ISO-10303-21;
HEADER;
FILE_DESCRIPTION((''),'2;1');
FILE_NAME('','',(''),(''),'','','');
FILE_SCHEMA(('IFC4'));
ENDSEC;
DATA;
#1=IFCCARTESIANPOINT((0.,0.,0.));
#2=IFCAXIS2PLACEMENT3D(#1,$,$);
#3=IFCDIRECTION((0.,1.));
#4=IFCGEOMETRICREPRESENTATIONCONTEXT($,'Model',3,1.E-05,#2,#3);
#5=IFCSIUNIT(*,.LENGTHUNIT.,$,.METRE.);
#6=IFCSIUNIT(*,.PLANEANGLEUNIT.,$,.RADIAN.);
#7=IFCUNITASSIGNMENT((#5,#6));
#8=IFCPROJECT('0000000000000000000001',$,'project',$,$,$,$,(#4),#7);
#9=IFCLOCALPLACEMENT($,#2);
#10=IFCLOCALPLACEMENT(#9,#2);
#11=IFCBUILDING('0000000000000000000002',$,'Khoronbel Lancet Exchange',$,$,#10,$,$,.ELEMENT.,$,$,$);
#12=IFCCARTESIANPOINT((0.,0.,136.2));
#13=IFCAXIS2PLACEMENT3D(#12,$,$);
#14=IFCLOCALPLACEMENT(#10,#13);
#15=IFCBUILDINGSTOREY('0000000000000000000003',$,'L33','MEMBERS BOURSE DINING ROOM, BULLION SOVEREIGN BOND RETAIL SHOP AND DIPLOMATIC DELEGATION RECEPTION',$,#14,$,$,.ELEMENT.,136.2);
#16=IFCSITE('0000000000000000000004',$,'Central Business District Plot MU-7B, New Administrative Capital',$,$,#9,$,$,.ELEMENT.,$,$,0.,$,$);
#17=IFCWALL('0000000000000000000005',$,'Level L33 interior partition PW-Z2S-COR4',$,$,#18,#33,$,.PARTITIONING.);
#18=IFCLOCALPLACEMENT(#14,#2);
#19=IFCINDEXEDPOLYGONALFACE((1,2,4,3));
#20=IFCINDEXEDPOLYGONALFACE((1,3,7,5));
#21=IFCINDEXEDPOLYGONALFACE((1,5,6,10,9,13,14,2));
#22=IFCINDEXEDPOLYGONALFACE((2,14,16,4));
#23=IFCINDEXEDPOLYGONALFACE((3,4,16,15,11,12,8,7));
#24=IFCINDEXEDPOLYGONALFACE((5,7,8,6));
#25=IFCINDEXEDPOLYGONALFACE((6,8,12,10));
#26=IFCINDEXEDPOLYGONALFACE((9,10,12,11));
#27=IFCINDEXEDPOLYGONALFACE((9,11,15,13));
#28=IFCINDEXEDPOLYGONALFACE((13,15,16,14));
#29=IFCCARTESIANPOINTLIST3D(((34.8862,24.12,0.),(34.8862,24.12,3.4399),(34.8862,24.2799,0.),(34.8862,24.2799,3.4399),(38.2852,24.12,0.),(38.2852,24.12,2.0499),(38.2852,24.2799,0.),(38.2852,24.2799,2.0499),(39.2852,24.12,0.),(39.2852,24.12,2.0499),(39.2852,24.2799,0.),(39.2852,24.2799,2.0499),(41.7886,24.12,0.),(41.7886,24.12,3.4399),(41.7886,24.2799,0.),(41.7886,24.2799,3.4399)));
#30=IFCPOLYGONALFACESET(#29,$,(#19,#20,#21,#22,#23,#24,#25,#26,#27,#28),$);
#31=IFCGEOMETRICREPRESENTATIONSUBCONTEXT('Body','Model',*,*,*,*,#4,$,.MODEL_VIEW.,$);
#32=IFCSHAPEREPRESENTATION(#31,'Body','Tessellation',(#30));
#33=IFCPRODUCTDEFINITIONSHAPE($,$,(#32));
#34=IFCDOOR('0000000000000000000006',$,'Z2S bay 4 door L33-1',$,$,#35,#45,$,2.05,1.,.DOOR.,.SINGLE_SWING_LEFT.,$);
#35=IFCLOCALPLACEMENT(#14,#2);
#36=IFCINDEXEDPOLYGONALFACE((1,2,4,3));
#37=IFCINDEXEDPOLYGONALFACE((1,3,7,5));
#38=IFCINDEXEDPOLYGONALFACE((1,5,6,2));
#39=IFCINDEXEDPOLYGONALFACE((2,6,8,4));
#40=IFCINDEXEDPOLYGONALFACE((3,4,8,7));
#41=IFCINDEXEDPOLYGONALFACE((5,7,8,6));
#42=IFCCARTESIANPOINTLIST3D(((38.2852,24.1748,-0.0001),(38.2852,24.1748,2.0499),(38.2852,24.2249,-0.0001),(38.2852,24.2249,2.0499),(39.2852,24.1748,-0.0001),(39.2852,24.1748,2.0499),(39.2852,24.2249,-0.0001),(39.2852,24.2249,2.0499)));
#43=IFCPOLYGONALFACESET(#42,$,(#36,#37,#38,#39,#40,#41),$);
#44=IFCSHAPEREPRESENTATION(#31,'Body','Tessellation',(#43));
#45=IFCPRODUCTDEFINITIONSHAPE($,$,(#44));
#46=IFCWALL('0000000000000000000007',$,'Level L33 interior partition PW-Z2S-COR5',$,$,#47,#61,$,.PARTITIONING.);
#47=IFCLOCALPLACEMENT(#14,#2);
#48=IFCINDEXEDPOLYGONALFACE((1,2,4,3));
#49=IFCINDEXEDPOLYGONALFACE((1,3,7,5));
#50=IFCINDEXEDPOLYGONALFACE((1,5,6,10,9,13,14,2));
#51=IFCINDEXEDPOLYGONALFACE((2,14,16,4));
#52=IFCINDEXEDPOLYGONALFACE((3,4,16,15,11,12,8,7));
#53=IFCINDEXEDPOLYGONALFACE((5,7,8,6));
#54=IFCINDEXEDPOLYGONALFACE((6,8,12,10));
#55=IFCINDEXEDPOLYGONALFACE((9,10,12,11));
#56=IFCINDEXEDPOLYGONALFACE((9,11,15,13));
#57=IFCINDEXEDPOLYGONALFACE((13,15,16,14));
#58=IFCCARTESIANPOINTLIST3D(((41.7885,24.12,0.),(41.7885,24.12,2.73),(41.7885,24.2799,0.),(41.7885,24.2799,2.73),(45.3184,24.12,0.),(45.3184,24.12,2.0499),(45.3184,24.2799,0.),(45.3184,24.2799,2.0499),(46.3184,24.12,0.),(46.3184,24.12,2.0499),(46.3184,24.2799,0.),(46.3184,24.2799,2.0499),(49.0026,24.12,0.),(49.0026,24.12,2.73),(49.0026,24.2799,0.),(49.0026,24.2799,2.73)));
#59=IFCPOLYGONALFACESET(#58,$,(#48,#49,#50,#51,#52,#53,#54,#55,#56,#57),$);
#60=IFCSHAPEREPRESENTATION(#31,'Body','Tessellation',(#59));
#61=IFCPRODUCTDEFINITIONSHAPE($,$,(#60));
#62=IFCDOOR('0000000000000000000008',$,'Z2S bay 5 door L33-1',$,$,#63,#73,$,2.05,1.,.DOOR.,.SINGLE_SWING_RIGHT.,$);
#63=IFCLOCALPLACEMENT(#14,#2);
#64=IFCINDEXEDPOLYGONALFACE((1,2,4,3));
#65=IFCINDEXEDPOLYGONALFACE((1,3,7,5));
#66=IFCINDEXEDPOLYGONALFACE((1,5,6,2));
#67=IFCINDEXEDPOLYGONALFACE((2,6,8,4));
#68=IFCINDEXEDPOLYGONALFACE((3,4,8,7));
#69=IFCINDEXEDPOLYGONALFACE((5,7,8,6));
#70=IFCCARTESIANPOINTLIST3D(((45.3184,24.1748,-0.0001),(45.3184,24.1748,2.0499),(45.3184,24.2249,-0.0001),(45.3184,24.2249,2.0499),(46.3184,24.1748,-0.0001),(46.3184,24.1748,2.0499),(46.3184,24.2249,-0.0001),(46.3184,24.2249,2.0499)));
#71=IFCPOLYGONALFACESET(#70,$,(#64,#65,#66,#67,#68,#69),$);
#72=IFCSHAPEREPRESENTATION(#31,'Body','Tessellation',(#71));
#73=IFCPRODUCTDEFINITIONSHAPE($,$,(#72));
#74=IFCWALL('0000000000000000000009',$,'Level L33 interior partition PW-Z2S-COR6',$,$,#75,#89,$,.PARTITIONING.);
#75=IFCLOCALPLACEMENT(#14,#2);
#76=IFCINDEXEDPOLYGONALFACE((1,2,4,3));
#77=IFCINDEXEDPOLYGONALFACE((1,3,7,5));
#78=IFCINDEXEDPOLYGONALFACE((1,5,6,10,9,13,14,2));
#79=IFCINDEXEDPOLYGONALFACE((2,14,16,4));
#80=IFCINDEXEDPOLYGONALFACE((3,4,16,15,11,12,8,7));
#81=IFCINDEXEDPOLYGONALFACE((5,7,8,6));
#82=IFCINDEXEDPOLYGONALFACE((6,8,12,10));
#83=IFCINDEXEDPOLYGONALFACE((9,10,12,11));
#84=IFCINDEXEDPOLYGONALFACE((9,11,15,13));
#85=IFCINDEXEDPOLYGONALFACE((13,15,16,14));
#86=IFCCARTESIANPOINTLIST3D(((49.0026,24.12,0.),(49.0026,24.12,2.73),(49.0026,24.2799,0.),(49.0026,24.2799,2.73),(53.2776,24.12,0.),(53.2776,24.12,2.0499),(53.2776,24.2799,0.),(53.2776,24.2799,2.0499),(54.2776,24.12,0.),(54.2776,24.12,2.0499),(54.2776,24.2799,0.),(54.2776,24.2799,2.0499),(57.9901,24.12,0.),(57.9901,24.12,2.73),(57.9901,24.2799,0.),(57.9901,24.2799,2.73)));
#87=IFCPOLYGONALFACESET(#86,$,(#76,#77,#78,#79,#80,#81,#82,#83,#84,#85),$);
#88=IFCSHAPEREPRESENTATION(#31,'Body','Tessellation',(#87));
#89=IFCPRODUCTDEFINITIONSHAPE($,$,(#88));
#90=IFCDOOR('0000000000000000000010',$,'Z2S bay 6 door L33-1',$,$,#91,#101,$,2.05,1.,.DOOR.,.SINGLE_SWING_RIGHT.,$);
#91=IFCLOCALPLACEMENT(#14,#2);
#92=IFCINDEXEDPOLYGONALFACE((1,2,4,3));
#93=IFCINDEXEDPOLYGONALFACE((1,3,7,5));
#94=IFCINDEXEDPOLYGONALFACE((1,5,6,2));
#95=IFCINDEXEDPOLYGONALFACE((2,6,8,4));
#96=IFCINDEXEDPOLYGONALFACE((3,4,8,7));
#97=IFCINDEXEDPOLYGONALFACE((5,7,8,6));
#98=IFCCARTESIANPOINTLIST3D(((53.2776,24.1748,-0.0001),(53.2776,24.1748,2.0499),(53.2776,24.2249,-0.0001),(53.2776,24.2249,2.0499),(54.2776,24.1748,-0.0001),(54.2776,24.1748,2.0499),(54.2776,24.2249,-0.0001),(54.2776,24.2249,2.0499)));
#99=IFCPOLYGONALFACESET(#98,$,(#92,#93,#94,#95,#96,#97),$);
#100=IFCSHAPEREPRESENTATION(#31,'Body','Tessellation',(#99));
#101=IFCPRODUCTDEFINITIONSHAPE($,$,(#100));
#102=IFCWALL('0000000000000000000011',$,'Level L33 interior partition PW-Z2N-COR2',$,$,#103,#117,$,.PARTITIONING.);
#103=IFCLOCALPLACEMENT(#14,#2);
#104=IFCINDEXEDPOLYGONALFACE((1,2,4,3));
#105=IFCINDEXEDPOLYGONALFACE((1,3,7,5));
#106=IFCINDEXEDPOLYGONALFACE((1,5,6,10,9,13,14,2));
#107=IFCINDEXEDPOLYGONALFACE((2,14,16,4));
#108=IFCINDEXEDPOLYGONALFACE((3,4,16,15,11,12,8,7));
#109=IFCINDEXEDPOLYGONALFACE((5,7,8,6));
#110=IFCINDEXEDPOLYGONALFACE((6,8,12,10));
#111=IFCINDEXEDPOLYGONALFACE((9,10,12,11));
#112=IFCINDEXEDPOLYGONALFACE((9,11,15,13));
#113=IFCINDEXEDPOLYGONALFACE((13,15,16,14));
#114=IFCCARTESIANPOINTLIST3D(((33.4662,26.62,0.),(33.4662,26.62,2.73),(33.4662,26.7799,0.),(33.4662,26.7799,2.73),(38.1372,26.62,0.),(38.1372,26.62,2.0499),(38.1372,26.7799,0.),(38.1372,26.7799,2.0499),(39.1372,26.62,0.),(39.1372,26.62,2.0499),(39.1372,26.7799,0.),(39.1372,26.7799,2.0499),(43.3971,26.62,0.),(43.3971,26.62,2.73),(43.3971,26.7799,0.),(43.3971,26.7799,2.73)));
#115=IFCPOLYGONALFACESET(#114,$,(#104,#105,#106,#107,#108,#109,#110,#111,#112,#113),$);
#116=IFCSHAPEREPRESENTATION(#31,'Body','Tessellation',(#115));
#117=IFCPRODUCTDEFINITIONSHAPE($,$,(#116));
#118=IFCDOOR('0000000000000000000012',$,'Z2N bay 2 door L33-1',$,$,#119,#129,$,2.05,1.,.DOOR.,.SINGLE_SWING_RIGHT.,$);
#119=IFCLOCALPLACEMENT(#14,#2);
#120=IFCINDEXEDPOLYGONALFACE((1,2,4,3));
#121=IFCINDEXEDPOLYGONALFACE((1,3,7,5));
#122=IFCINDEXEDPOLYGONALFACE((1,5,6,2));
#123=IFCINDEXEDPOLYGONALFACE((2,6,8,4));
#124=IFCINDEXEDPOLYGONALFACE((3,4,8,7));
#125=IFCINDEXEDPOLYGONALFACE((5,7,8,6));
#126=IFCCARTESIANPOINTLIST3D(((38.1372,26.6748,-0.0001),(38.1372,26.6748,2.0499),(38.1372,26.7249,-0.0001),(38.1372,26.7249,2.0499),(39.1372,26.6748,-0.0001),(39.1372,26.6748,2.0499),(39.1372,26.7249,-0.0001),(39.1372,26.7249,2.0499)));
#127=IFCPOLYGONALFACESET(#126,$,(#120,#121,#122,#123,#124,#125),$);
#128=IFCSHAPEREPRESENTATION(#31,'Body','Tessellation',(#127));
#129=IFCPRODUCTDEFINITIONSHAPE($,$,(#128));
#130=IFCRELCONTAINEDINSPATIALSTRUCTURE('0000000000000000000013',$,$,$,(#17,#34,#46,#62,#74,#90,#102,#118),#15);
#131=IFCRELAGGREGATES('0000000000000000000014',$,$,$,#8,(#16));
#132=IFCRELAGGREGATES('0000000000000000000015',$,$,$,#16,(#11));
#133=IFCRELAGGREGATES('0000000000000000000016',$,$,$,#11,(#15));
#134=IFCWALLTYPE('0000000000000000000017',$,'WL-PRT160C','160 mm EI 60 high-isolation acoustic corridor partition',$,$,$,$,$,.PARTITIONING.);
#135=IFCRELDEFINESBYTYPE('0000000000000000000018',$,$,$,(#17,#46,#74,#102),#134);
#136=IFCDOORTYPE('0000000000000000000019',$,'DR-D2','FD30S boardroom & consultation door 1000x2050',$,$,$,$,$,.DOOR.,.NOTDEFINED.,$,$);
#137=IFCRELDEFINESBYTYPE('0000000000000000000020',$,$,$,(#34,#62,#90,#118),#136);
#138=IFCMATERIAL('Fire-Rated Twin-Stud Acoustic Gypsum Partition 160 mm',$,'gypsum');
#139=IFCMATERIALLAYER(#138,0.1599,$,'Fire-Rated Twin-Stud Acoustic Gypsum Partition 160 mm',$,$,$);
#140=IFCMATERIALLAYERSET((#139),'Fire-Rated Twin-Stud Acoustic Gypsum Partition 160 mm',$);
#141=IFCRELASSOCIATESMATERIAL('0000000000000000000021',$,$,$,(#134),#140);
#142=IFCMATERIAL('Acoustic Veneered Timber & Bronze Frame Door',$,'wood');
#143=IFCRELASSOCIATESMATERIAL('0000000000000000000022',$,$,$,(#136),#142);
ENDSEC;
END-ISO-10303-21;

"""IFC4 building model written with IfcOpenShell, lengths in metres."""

from ifc_helpers import new_model, si_unit, direction, frame, frame_2d, origin, place, context, subcontext, project, spatial, rectangle, extrude, material, layer, layer_set, type_object, element, fill, save


model = new_model("IFC4")

# Units and contexts
model_context = context("Model", 3, precision=1e-05, world=origin(), true_north=direction((0.0, 1.0)))
body_context = subcontext(model_context, "Body", "Model", "MODEL_VIEW")
ifc_project = project(units=[si_unit("LENGTHUNIT", "METRE"), si_unit("PLANEANGLEUNIT", "RADIAN")], contexts=[model_context])

# Site, building, storey
site_placement = place(None, origin())
site = spatial("IfcSite", under=ifc_project, at=site_placement, Name="Central Business District Plot MU-7B, New Administrative Capital", CompositionType="ELEMENT", RefElevation=0.0)
building_placement = place(site_placement, origin())
building = spatial("IfcBuilding", under=site, at=building_placement, Name="Khoronbel Lancet Exchange", CompositionType="ELEMENT")
storey_placement = place(building_placement, frame((0.0, 0.0, 136.2)))
storey = spatial("IfcBuildingStorey", under=building, at=storey_placement, Name="L33", Description="MEMBERS BOURSE DINING ROOM, BULLION SOVEREIGN BOND RETAIL SHOP AND DIPLOMATIC DELEGATION RECEPTION", CompositionType="ELEMENT", Elevation=136.2)

# Walls, openings, doors
ifc_material_1 = material(Name="Fire-Rated Twin-Stud Acoustic Gypsum Partition 160 mm", Category="gypsum")
ifc_layer_1 = layer(ifc_material_1, 0.1599, Name="Fire-Rated Twin-Stud Acoustic Gypsum Partition 160 mm")
ifc_layer_set_1 = layer_set([ifc_layer_1], Name="Fire-Rated Twin-Stud Acoustic Gypsum Partition 160 mm")
wall_type_1 = type_object("IfcWallType", Name="WL-PRT160C", Description="160 mm EI 60 high-isolation acoustic corridor partition", PredefinedType="PARTITIONING", material=ifc_layer_set_1)
wall_1_placement = place(storey_placement, frame((34.8862, 24.2, 0.0), z_axis=(0.0, 0.0, 1.0), x_axis=(1.0, 0.0, 0.0)))
wall_1 = element("IfcWall", 1, at=wall_1_placement, inside=storey, type_object=wall_type_1, Name="Level L33 interior partition PW-Z2S-COR4", PredefinedType="PARTITIONING", context=body_context, shape_type="SweptSolid", body=[
    extrude(rectangle(XDim=6.9023, YDim=0.1599, at=frame_2d((3.4512, 0.0))), origin(), (0.0, 0.0, 1.0), 3.4399),
])
opening_1_placement = place(wall_1_placement, frame((3.3989, 0.0, 0.0)))
opening_1 = element("IfcOpeningElement", 2, at=opening_1_placement, cuts=wall_1, PredefinedType="OPENING", context=body_context, shape_type="SweptSolid", body=[
    extrude(rectangle(XDim=1.0, YDim=2.05, at=frame_2d((0.5, 1.0249))), frame((0.0, 0.0898, 0.0), z_axis=(0.0, -1.0, 0.0), x_axis=(1.0, 0.0, 0.0)), (0.0, 0.0, 1.0), 0.1799),
])
ifc_material_2 = material(Name="Acoustic Veneered Timber & Bronze Frame Door", Category="wood")
door_type_1 = type_object("IfcDoorType", Name="DR-D2", Description="FD30S boardroom & consultation door 1000x2050", OperationType="NOTDEFINED", PredefinedType="DOOR", material=ifc_material_2)
door_1_placement = place(opening_1_placement, origin())
door_1 = element("IfcDoor", 3, at=door_1_placement, inside=storey, type_object=door_type_1, Name="Z2S bay 4 door L33-1", OperationType="SINGLE_SWING_LEFT", OverallHeight=2.05, OverallWidth=1.0, PredefinedType="DOOR", context=body_context, shape_type="SweptSolid", body=[
    extrude(rectangle(XDim=1.0, YDim=2.05, at=frame_2d((0.5, 1.0249))), frame((0.0, 0.0249, 0.0), z_axis=(0.0, -1.0, 0.0), x_axis=(1.0, 0.0, 0.0)), (0.0, 0.0, 1.0), 0.05),
])
fill(opening_1, door_1)
wall_2_placement = place(storey_placement, frame((41.7886, 24.2, 0.0), z_axis=(0.0, 0.0, 1.0), x_axis=(1.0, 0.0, 0.0)))
wall_2 = element("IfcWall", 4, at=wall_2_placement, inside=storey, type_object=wall_type_1, Name="Level L33 interior partition PW-Z2S-COR5", PredefinedType="PARTITIONING", context=body_context, shape_type="SweptSolid", body=[
    extrude(rectangle(XDim=7.2141, YDim=0.1599, at=frame_2d((3.6069, 0.0))), origin(), (0.0, 0.0, 1.0), 2.73),
])
opening_2_placement = place(wall_2_placement, frame((3.5298, 0.0, 0.0)))
opening_2 = element("IfcOpeningElement", 5, at=opening_2_placement, cuts=wall_2, PredefinedType="OPENING", context=body_context, shape_type="SweptSolid", body=[
    extrude(rectangle(XDim=1.0, YDim=2.05, at=frame_2d((0.5, 1.0249))), frame((0.0, 0.0898, 0.0), z_axis=(0.0, -1.0, 0.0), x_axis=(1.0, 0.0, 0.0)), (0.0, 0.0, 1.0), 0.1799),
])
door_2_placement = place(opening_2_placement, origin())
door_2 = element("IfcDoor", 6, at=door_2_placement, inside=storey, type_object=door_type_1, Name="Z2S bay 5 door L33-1", OperationType="SINGLE_SWING_RIGHT", OverallHeight=2.05, OverallWidth=1.0, PredefinedType="DOOR", context=body_context, shape_type="SweptSolid", body=[
    extrude(rectangle(XDim=1.0, YDim=2.05, at=frame_2d((0.5, 1.0249))), frame((0.0, 0.0249, 0.0), z_axis=(0.0, -1.0, 0.0), x_axis=(1.0, 0.0, 0.0)), (0.0, 0.0, 1.0), 0.05),
])
fill(opening_2, door_2)
wall_3_placement = place(storey_placement, frame((49.0027, 24.2, 0.0), z_axis=(0.0, 0.0, 1.0), x_axis=(1.0, 0.0, 0.0)))
wall_3 = element("IfcWall", 7, at=wall_3_placement, inside=storey, type_object=wall_type_1, Name="Level L33 interior partition PW-Z2S-COR6", PredefinedType="PARTITIONING", context=body_context, shape_type="SweptSolid", body=[
    extrude(rectangle(XDim=8.9875, YDim=0.1599, at=frame_2d((4.4937, 0.0))), origin(), (0.0, 0.0, 1.0), 2.73),
])
opening_3_placement = place(wall_3_placement, frame((4.2749, 0.0, 0.0)))
opening_3 = element("IfcOpeningElement", 8, at=opening_3_placement, cuts=wall_3, PredefinedType="OPENING", context=body_context, shape_type="SweptSolid", body=[
    extrude(rectangle(XDim=1.0, YDim=2.05, at=frame_2d((0.5, 1.0249))), frame((0.0, 0.0898, 0.0), z_axis=(0.0, -1.0, 0.0), x_axis=(1.0, 0.0, 0.0)), (0.0, 0.0, 1.0), 0.1799),
])
door_3_placement = place(opening_3_placement, origin())
door_3 = element("IfcDoor", 9, at=door_3_placement, inside=storey, type_object=door_type_1, Name="Z2S bay 6 door L33-1", OperationType="SINGLE_SWING_RIGHT", OverallHeight=2.05, OverallWidth=1.0, PredefinedType="DOOR", context=body_context, shape_type="SweptSolid", body=[
    extrude(rectangle(XDim=1.0, YDim=2.05, at=frame_2d((0.5, 1.0249))), frame((0.0, 0.0249, 0.0), z_axis=(0.0, -1.0, 0.0), x_axis=(1.0, 0.0, 0.0)), (0.0, 0.0, 1.0), 0.05),
])
fill(opening_3, door_3)
wall_4_placement = place(storey_placement, frame((33.4663, 26.7, 0.0), z_axis=(0.0, 0.0, 1.0), x_axis=(1.0, 0.0, 0.0)))
wall_4 = element("IfcWall", 10, at=wall_4_placement, inside=storey, type_object=wall_type_1, Name="Level L33 interior partition PW-Z2N-COR2", PredefinedType="PARTITIONING", context=body_context, shape_type="SweptSolid", body=[
    extrude(rectangle(XDim=9.9309, YDim=0.1599, at=frame_2d((4.9653, 0.0))), origin(), (0.0, 0.0, 1.0), 2.73),
])
opening_4_placement = place(wall_4_placement, frame((4.6709, 0.0, 0.0)))
opening_4 = element("IfcOpeningElement", 11, at=opening_4_placement, cuts=wall_4, PredefinedType="OPENING", context=body_context, shape_type="SweptSolid", body=[
    extrude(rectangle(XDim=1.0, YDim=2.05, at=frame_2d((0.5, 1.0249))), frame((0.0, 0.0898, 0.0), z_axis=(0.0, -1.0, 0.0), x_axis=(1.0, 0.0, 0.0)), (0.0, 0.0, 1.0), 0.1799),
])
door_4_placement = place(opening_4_placement, origin())
door_4 = element("IfcDoor", 12, at=door_4_placement, inside=storey, type_object=door_type_1, Name="Z2N bay 2 door L33-1", OperationType="SINGLE_SWING_RIGHT", OverallHeight=2.05, OverallWidth=1.0, PredefinedType="DOOR", context=body_context, shape_type="SweptSolid", body=[
    extrude(rectangle(XDim=1.0, YDim=2.05, at=frame_2d((0.5, 1.0249))), frame((0.0, 0.0249, 0.0), z_axis=(0.0, -1.0, 0.0), x_axis=(1.0, 0.0, 0.0)), (0.0, 0.0, 1.0), 0.05),
])
fill(opening_4, door_4)

save(model, "model.ifc")
